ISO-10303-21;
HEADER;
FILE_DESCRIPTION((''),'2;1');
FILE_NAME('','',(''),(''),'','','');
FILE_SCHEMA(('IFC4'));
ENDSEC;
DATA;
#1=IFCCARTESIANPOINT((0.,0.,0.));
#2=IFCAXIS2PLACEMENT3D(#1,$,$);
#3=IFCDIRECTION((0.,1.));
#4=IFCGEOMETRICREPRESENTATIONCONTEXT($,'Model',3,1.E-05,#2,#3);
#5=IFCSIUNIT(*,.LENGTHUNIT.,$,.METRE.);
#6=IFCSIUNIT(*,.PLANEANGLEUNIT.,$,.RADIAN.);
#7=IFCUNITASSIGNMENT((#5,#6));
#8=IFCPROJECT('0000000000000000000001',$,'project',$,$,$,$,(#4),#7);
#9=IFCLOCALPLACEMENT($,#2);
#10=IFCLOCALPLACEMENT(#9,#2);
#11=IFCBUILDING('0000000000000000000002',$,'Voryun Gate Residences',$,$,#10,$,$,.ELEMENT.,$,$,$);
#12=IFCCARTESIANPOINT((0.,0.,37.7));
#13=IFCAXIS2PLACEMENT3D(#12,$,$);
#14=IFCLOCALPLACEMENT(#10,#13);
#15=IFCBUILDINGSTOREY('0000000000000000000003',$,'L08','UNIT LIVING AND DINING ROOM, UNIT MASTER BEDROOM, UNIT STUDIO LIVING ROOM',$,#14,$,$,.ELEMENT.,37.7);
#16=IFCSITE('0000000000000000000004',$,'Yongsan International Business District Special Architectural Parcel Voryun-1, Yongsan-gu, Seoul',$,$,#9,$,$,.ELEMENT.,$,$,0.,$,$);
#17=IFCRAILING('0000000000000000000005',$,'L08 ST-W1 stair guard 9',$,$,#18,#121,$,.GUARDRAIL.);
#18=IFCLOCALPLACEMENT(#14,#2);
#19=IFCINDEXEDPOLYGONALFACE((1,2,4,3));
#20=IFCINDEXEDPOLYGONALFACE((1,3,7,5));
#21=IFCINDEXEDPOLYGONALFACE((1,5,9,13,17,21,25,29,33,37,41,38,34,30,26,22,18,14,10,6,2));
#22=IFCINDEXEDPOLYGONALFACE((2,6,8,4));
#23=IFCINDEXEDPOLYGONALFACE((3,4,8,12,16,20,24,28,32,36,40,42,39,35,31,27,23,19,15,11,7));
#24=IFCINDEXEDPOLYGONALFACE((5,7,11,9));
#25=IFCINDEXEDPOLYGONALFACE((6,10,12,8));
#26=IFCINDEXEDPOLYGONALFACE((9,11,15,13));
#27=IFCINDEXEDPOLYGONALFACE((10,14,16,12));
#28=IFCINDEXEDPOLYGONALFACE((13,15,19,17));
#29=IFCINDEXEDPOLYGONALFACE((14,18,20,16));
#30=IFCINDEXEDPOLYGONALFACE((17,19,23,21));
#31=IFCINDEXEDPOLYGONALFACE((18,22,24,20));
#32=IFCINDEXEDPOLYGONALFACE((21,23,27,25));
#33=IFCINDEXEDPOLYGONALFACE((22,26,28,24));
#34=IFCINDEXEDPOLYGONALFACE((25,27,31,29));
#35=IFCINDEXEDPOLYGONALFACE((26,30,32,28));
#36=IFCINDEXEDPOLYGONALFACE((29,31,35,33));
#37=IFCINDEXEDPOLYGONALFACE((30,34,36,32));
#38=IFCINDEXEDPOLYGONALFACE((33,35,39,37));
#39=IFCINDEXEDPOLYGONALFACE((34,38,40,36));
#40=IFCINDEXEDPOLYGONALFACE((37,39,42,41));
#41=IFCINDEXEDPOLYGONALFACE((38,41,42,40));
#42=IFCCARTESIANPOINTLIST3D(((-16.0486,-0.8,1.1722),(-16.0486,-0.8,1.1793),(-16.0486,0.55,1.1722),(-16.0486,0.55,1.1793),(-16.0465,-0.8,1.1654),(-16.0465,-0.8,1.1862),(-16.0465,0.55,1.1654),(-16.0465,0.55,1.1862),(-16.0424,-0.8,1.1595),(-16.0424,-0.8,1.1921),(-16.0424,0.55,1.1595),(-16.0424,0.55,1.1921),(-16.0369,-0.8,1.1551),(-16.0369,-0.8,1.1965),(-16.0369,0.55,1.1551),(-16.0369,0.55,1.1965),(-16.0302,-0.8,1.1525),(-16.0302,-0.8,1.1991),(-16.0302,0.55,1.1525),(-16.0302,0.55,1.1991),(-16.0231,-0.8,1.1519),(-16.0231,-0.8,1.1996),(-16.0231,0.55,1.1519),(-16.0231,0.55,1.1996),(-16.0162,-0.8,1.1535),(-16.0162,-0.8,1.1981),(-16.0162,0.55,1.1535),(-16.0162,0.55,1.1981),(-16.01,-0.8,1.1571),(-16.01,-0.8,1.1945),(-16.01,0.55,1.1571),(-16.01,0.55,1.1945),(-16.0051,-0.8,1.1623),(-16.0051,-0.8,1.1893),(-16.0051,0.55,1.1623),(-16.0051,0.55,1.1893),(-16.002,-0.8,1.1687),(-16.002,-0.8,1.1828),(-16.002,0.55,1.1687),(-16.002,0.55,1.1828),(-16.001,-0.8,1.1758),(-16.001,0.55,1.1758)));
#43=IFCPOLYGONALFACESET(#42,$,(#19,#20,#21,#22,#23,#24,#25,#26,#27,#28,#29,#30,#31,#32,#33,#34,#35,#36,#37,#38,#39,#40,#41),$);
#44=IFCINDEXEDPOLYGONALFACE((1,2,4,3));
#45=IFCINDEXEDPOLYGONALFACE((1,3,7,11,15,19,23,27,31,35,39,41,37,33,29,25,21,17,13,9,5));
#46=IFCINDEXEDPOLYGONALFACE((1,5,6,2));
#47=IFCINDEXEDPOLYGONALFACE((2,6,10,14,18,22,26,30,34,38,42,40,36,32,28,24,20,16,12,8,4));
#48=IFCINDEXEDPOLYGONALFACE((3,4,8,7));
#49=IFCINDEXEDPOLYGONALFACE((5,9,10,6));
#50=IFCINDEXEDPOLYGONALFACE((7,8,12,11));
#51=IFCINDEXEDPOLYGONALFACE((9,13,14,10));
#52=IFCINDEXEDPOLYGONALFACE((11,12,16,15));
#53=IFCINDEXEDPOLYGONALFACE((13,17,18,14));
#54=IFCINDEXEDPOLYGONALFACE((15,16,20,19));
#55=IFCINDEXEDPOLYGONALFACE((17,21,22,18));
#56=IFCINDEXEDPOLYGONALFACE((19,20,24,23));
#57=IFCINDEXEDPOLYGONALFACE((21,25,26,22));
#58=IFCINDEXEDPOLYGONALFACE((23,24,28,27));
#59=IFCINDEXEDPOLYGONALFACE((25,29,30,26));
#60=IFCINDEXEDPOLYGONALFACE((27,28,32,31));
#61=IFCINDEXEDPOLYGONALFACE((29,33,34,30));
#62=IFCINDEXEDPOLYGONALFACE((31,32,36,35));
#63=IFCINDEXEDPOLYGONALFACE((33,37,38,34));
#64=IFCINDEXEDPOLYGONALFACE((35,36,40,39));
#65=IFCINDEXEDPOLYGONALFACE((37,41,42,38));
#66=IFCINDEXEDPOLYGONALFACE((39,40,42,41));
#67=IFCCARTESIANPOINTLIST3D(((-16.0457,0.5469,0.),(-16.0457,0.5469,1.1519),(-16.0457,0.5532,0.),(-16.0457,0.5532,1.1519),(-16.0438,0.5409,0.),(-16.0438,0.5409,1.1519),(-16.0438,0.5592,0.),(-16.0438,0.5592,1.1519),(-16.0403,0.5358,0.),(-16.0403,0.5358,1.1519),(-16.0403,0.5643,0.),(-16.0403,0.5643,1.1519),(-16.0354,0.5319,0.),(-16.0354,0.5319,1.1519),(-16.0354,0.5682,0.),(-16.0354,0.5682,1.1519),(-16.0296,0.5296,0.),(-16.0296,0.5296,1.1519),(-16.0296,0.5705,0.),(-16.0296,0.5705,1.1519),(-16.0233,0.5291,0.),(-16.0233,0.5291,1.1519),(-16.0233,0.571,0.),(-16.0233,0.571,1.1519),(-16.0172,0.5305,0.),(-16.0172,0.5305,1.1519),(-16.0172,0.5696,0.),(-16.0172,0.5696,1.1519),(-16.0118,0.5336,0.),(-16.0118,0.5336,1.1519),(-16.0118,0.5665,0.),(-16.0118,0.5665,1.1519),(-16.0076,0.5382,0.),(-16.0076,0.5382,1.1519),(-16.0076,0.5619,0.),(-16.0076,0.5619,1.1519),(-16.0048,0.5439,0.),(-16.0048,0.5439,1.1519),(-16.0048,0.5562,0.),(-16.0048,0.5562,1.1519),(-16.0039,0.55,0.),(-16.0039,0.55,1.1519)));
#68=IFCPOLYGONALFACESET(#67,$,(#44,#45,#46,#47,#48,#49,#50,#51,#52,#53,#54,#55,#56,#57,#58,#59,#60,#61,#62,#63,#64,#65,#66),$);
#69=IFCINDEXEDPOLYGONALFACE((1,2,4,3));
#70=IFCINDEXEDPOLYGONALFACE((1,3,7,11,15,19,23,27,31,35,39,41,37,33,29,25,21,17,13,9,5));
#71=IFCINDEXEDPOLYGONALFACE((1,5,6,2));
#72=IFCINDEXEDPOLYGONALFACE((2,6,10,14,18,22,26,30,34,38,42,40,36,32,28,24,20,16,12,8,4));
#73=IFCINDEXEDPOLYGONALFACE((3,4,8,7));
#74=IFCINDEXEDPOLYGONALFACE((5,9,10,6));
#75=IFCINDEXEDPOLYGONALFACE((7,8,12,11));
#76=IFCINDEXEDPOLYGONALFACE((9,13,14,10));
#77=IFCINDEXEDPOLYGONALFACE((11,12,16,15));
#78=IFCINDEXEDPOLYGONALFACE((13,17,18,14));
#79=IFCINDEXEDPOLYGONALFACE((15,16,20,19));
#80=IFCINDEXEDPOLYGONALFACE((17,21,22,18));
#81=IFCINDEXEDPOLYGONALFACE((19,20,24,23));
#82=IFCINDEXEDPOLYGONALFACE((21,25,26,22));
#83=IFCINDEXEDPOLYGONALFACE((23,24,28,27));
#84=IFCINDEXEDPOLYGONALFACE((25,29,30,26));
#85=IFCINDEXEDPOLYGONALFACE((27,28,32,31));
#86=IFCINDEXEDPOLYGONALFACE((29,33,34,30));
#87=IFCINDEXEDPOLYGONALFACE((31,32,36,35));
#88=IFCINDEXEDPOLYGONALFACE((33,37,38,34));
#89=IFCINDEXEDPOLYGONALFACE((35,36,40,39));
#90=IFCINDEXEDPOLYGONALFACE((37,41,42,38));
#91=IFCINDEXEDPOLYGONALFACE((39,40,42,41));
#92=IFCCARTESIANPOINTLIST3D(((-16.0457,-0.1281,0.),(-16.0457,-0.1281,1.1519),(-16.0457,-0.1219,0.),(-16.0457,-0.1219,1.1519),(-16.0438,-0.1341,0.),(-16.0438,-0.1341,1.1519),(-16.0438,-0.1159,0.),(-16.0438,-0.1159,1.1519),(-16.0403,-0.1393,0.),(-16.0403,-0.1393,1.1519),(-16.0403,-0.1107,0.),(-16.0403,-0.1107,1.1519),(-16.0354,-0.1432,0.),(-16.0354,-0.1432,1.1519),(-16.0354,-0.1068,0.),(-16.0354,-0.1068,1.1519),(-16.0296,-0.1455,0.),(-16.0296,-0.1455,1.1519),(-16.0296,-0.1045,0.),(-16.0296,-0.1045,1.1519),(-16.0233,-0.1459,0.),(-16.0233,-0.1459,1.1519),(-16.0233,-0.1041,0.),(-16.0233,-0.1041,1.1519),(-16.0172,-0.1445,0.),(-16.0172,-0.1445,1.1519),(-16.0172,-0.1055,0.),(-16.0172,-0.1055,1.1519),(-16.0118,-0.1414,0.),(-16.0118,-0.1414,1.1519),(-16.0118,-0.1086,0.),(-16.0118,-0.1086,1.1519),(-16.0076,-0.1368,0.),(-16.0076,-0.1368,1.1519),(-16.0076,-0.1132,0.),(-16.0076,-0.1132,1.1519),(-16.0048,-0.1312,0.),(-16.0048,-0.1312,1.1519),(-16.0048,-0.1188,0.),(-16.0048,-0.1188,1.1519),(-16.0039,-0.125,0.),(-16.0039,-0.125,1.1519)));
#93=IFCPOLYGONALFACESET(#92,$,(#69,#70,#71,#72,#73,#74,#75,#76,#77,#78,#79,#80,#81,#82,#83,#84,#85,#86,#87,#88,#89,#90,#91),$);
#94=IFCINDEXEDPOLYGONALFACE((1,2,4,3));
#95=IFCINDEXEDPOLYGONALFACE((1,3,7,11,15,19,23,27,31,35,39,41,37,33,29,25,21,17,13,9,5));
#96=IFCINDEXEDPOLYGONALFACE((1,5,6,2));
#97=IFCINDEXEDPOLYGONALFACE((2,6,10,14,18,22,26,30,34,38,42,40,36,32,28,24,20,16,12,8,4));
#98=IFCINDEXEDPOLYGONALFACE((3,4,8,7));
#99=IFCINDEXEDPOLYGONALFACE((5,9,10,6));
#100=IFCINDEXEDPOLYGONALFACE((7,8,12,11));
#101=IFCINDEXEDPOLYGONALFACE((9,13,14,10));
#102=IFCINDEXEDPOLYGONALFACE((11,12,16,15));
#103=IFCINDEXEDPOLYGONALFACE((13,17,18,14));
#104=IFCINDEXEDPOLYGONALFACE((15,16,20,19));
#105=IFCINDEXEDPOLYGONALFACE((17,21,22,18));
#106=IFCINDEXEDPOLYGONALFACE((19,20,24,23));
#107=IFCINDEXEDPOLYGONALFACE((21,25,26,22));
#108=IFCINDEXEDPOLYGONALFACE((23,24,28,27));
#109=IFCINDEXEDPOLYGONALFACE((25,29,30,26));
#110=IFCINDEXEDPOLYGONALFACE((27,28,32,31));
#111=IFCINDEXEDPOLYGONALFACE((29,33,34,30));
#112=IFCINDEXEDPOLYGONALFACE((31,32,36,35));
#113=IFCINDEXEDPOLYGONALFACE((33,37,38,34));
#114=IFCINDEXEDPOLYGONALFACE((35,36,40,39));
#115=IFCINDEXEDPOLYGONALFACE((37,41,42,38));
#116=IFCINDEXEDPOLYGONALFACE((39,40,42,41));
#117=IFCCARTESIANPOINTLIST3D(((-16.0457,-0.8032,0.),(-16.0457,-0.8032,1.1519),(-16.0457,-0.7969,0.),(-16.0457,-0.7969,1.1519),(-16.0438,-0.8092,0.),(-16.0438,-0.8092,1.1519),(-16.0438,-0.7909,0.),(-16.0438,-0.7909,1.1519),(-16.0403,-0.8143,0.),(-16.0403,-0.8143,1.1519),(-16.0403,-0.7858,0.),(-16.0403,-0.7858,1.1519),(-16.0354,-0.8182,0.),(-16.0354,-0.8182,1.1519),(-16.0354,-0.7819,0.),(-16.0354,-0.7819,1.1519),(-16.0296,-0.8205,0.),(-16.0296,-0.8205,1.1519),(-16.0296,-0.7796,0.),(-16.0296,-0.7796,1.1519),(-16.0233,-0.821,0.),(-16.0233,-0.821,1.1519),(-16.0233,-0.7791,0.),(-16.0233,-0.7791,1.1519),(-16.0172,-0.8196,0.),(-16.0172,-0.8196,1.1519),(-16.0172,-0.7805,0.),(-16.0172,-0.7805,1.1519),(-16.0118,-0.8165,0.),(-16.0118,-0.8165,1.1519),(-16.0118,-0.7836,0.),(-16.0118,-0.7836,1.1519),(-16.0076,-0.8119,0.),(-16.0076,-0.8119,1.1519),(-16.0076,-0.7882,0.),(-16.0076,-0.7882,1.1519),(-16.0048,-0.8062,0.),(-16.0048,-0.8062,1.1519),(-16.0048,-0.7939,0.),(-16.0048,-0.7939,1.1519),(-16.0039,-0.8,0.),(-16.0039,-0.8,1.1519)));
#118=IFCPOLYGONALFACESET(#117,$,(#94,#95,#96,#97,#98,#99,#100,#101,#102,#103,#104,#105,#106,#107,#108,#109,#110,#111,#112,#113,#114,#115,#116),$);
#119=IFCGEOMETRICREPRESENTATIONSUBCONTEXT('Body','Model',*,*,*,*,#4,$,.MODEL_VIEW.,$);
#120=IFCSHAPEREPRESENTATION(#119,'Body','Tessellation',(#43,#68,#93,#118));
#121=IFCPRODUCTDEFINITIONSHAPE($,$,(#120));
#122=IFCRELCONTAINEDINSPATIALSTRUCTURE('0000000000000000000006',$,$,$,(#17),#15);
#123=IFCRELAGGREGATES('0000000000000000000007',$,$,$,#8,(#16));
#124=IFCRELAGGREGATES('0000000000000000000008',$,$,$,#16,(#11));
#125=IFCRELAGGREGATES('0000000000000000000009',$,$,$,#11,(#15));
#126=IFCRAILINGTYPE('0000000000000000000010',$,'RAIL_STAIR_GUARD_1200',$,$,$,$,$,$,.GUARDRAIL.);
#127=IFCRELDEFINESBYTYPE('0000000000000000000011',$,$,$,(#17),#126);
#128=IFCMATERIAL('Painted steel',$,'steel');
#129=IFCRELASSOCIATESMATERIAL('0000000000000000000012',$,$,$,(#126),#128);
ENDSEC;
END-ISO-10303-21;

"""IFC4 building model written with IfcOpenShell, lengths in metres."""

from ifc_helpers import new_model, si_unit, direction, frame, origin, origin_2d, place, context, subcontext, project, spatial, circle, extrude, material, type_object, element, save


model = new_model("IFC4")

# Units and contexts
model_context = context("Model", 3, precision=1e-05, world=origin(), true_north=direction((0.0, 1.0)))
body_context = subcontext(model_context, "Body", "Model", "MODEL_VIEW")
ifc_project = project(units=[si_unit("LENGTHUNIT", "METRE"), si_unit("PLANEANGLEUNIT", "RADIAN")], contexts=[model_context])

# Site, building, storey
site_placement = place(None, origin())
site = spatial("IfcSite", under=ifc_project, at=site_placement, Name="Yongsan International Business District Special Architectural Parcel Voryun-1, Yongsan-gu, Seoul", CompositionType="ELEMENT", RefElevation=0.0)
building_placement = place(site_placement, origin())
building = spatial("IfcBuilding", under=site, at=building_placement, Name="Voryun Gate Residences", CompositionType="ELEMENT")
storey_placement = place(building_placement, frame((0.0, 0.0, 37.7)))
storey = spatial("IfcBuildingStorey", under=building, at=storey_placement, Name="L08", Description="UNIT LIVING AND DINING ROOM, UNIT MASTER BEDROOM, UNIT STUDIO LIVING ROOM", CompositionType="ELEMENT", Elevation=37.7)

# Railing
ifc_material_1 = material(Name="Painted steel", Category="steel")
railing_type = type_object("IfcRailingType", Name="RAIL_STAIR_GUARD_1200", PredefinedType="GUARDRAIL", material=ifc_material_1)
for number, where, name in (
    (1, (-16.0249, 0.55, 0.0), "L08 ST-W1 stair guard 9"),
):
    element("IfcRailing", number, at=place(storey_placement, frame(where)), inside=storey, type_object=railing_type, Name=name, PredefinedType="GUARDRAIL", context=body_context, shape_type="SweptSolid", body=[
        extrude(circle(Radius=0.0239, at=origin_2d()), frame((0.0, 0.0, 1.1758), z_axis=(0.0, -1.0, 0.0), x_axis=(1.0, 0.0, 0.0)), (0.0, 0.0, 1.0), 1.3501),
        extrude(circle(Radius=0.021, at=origin_2d()), origin(), (0.0, 0.0, 1.0), 1.1519),
        extrude(circle(Radius=0.021, at=origin_2d()), frame((0.0, -0.675, 0.0)), (0.0, 0.0, 1.0), 1.1519),
        extrude(circle(Radius=0.021, at=origin_2d()), frame((0.0, -1.3501, 0.0)), (0.0, 0.0, 1.0), 1.1519),
    ])

save(model, "model.ifc")
